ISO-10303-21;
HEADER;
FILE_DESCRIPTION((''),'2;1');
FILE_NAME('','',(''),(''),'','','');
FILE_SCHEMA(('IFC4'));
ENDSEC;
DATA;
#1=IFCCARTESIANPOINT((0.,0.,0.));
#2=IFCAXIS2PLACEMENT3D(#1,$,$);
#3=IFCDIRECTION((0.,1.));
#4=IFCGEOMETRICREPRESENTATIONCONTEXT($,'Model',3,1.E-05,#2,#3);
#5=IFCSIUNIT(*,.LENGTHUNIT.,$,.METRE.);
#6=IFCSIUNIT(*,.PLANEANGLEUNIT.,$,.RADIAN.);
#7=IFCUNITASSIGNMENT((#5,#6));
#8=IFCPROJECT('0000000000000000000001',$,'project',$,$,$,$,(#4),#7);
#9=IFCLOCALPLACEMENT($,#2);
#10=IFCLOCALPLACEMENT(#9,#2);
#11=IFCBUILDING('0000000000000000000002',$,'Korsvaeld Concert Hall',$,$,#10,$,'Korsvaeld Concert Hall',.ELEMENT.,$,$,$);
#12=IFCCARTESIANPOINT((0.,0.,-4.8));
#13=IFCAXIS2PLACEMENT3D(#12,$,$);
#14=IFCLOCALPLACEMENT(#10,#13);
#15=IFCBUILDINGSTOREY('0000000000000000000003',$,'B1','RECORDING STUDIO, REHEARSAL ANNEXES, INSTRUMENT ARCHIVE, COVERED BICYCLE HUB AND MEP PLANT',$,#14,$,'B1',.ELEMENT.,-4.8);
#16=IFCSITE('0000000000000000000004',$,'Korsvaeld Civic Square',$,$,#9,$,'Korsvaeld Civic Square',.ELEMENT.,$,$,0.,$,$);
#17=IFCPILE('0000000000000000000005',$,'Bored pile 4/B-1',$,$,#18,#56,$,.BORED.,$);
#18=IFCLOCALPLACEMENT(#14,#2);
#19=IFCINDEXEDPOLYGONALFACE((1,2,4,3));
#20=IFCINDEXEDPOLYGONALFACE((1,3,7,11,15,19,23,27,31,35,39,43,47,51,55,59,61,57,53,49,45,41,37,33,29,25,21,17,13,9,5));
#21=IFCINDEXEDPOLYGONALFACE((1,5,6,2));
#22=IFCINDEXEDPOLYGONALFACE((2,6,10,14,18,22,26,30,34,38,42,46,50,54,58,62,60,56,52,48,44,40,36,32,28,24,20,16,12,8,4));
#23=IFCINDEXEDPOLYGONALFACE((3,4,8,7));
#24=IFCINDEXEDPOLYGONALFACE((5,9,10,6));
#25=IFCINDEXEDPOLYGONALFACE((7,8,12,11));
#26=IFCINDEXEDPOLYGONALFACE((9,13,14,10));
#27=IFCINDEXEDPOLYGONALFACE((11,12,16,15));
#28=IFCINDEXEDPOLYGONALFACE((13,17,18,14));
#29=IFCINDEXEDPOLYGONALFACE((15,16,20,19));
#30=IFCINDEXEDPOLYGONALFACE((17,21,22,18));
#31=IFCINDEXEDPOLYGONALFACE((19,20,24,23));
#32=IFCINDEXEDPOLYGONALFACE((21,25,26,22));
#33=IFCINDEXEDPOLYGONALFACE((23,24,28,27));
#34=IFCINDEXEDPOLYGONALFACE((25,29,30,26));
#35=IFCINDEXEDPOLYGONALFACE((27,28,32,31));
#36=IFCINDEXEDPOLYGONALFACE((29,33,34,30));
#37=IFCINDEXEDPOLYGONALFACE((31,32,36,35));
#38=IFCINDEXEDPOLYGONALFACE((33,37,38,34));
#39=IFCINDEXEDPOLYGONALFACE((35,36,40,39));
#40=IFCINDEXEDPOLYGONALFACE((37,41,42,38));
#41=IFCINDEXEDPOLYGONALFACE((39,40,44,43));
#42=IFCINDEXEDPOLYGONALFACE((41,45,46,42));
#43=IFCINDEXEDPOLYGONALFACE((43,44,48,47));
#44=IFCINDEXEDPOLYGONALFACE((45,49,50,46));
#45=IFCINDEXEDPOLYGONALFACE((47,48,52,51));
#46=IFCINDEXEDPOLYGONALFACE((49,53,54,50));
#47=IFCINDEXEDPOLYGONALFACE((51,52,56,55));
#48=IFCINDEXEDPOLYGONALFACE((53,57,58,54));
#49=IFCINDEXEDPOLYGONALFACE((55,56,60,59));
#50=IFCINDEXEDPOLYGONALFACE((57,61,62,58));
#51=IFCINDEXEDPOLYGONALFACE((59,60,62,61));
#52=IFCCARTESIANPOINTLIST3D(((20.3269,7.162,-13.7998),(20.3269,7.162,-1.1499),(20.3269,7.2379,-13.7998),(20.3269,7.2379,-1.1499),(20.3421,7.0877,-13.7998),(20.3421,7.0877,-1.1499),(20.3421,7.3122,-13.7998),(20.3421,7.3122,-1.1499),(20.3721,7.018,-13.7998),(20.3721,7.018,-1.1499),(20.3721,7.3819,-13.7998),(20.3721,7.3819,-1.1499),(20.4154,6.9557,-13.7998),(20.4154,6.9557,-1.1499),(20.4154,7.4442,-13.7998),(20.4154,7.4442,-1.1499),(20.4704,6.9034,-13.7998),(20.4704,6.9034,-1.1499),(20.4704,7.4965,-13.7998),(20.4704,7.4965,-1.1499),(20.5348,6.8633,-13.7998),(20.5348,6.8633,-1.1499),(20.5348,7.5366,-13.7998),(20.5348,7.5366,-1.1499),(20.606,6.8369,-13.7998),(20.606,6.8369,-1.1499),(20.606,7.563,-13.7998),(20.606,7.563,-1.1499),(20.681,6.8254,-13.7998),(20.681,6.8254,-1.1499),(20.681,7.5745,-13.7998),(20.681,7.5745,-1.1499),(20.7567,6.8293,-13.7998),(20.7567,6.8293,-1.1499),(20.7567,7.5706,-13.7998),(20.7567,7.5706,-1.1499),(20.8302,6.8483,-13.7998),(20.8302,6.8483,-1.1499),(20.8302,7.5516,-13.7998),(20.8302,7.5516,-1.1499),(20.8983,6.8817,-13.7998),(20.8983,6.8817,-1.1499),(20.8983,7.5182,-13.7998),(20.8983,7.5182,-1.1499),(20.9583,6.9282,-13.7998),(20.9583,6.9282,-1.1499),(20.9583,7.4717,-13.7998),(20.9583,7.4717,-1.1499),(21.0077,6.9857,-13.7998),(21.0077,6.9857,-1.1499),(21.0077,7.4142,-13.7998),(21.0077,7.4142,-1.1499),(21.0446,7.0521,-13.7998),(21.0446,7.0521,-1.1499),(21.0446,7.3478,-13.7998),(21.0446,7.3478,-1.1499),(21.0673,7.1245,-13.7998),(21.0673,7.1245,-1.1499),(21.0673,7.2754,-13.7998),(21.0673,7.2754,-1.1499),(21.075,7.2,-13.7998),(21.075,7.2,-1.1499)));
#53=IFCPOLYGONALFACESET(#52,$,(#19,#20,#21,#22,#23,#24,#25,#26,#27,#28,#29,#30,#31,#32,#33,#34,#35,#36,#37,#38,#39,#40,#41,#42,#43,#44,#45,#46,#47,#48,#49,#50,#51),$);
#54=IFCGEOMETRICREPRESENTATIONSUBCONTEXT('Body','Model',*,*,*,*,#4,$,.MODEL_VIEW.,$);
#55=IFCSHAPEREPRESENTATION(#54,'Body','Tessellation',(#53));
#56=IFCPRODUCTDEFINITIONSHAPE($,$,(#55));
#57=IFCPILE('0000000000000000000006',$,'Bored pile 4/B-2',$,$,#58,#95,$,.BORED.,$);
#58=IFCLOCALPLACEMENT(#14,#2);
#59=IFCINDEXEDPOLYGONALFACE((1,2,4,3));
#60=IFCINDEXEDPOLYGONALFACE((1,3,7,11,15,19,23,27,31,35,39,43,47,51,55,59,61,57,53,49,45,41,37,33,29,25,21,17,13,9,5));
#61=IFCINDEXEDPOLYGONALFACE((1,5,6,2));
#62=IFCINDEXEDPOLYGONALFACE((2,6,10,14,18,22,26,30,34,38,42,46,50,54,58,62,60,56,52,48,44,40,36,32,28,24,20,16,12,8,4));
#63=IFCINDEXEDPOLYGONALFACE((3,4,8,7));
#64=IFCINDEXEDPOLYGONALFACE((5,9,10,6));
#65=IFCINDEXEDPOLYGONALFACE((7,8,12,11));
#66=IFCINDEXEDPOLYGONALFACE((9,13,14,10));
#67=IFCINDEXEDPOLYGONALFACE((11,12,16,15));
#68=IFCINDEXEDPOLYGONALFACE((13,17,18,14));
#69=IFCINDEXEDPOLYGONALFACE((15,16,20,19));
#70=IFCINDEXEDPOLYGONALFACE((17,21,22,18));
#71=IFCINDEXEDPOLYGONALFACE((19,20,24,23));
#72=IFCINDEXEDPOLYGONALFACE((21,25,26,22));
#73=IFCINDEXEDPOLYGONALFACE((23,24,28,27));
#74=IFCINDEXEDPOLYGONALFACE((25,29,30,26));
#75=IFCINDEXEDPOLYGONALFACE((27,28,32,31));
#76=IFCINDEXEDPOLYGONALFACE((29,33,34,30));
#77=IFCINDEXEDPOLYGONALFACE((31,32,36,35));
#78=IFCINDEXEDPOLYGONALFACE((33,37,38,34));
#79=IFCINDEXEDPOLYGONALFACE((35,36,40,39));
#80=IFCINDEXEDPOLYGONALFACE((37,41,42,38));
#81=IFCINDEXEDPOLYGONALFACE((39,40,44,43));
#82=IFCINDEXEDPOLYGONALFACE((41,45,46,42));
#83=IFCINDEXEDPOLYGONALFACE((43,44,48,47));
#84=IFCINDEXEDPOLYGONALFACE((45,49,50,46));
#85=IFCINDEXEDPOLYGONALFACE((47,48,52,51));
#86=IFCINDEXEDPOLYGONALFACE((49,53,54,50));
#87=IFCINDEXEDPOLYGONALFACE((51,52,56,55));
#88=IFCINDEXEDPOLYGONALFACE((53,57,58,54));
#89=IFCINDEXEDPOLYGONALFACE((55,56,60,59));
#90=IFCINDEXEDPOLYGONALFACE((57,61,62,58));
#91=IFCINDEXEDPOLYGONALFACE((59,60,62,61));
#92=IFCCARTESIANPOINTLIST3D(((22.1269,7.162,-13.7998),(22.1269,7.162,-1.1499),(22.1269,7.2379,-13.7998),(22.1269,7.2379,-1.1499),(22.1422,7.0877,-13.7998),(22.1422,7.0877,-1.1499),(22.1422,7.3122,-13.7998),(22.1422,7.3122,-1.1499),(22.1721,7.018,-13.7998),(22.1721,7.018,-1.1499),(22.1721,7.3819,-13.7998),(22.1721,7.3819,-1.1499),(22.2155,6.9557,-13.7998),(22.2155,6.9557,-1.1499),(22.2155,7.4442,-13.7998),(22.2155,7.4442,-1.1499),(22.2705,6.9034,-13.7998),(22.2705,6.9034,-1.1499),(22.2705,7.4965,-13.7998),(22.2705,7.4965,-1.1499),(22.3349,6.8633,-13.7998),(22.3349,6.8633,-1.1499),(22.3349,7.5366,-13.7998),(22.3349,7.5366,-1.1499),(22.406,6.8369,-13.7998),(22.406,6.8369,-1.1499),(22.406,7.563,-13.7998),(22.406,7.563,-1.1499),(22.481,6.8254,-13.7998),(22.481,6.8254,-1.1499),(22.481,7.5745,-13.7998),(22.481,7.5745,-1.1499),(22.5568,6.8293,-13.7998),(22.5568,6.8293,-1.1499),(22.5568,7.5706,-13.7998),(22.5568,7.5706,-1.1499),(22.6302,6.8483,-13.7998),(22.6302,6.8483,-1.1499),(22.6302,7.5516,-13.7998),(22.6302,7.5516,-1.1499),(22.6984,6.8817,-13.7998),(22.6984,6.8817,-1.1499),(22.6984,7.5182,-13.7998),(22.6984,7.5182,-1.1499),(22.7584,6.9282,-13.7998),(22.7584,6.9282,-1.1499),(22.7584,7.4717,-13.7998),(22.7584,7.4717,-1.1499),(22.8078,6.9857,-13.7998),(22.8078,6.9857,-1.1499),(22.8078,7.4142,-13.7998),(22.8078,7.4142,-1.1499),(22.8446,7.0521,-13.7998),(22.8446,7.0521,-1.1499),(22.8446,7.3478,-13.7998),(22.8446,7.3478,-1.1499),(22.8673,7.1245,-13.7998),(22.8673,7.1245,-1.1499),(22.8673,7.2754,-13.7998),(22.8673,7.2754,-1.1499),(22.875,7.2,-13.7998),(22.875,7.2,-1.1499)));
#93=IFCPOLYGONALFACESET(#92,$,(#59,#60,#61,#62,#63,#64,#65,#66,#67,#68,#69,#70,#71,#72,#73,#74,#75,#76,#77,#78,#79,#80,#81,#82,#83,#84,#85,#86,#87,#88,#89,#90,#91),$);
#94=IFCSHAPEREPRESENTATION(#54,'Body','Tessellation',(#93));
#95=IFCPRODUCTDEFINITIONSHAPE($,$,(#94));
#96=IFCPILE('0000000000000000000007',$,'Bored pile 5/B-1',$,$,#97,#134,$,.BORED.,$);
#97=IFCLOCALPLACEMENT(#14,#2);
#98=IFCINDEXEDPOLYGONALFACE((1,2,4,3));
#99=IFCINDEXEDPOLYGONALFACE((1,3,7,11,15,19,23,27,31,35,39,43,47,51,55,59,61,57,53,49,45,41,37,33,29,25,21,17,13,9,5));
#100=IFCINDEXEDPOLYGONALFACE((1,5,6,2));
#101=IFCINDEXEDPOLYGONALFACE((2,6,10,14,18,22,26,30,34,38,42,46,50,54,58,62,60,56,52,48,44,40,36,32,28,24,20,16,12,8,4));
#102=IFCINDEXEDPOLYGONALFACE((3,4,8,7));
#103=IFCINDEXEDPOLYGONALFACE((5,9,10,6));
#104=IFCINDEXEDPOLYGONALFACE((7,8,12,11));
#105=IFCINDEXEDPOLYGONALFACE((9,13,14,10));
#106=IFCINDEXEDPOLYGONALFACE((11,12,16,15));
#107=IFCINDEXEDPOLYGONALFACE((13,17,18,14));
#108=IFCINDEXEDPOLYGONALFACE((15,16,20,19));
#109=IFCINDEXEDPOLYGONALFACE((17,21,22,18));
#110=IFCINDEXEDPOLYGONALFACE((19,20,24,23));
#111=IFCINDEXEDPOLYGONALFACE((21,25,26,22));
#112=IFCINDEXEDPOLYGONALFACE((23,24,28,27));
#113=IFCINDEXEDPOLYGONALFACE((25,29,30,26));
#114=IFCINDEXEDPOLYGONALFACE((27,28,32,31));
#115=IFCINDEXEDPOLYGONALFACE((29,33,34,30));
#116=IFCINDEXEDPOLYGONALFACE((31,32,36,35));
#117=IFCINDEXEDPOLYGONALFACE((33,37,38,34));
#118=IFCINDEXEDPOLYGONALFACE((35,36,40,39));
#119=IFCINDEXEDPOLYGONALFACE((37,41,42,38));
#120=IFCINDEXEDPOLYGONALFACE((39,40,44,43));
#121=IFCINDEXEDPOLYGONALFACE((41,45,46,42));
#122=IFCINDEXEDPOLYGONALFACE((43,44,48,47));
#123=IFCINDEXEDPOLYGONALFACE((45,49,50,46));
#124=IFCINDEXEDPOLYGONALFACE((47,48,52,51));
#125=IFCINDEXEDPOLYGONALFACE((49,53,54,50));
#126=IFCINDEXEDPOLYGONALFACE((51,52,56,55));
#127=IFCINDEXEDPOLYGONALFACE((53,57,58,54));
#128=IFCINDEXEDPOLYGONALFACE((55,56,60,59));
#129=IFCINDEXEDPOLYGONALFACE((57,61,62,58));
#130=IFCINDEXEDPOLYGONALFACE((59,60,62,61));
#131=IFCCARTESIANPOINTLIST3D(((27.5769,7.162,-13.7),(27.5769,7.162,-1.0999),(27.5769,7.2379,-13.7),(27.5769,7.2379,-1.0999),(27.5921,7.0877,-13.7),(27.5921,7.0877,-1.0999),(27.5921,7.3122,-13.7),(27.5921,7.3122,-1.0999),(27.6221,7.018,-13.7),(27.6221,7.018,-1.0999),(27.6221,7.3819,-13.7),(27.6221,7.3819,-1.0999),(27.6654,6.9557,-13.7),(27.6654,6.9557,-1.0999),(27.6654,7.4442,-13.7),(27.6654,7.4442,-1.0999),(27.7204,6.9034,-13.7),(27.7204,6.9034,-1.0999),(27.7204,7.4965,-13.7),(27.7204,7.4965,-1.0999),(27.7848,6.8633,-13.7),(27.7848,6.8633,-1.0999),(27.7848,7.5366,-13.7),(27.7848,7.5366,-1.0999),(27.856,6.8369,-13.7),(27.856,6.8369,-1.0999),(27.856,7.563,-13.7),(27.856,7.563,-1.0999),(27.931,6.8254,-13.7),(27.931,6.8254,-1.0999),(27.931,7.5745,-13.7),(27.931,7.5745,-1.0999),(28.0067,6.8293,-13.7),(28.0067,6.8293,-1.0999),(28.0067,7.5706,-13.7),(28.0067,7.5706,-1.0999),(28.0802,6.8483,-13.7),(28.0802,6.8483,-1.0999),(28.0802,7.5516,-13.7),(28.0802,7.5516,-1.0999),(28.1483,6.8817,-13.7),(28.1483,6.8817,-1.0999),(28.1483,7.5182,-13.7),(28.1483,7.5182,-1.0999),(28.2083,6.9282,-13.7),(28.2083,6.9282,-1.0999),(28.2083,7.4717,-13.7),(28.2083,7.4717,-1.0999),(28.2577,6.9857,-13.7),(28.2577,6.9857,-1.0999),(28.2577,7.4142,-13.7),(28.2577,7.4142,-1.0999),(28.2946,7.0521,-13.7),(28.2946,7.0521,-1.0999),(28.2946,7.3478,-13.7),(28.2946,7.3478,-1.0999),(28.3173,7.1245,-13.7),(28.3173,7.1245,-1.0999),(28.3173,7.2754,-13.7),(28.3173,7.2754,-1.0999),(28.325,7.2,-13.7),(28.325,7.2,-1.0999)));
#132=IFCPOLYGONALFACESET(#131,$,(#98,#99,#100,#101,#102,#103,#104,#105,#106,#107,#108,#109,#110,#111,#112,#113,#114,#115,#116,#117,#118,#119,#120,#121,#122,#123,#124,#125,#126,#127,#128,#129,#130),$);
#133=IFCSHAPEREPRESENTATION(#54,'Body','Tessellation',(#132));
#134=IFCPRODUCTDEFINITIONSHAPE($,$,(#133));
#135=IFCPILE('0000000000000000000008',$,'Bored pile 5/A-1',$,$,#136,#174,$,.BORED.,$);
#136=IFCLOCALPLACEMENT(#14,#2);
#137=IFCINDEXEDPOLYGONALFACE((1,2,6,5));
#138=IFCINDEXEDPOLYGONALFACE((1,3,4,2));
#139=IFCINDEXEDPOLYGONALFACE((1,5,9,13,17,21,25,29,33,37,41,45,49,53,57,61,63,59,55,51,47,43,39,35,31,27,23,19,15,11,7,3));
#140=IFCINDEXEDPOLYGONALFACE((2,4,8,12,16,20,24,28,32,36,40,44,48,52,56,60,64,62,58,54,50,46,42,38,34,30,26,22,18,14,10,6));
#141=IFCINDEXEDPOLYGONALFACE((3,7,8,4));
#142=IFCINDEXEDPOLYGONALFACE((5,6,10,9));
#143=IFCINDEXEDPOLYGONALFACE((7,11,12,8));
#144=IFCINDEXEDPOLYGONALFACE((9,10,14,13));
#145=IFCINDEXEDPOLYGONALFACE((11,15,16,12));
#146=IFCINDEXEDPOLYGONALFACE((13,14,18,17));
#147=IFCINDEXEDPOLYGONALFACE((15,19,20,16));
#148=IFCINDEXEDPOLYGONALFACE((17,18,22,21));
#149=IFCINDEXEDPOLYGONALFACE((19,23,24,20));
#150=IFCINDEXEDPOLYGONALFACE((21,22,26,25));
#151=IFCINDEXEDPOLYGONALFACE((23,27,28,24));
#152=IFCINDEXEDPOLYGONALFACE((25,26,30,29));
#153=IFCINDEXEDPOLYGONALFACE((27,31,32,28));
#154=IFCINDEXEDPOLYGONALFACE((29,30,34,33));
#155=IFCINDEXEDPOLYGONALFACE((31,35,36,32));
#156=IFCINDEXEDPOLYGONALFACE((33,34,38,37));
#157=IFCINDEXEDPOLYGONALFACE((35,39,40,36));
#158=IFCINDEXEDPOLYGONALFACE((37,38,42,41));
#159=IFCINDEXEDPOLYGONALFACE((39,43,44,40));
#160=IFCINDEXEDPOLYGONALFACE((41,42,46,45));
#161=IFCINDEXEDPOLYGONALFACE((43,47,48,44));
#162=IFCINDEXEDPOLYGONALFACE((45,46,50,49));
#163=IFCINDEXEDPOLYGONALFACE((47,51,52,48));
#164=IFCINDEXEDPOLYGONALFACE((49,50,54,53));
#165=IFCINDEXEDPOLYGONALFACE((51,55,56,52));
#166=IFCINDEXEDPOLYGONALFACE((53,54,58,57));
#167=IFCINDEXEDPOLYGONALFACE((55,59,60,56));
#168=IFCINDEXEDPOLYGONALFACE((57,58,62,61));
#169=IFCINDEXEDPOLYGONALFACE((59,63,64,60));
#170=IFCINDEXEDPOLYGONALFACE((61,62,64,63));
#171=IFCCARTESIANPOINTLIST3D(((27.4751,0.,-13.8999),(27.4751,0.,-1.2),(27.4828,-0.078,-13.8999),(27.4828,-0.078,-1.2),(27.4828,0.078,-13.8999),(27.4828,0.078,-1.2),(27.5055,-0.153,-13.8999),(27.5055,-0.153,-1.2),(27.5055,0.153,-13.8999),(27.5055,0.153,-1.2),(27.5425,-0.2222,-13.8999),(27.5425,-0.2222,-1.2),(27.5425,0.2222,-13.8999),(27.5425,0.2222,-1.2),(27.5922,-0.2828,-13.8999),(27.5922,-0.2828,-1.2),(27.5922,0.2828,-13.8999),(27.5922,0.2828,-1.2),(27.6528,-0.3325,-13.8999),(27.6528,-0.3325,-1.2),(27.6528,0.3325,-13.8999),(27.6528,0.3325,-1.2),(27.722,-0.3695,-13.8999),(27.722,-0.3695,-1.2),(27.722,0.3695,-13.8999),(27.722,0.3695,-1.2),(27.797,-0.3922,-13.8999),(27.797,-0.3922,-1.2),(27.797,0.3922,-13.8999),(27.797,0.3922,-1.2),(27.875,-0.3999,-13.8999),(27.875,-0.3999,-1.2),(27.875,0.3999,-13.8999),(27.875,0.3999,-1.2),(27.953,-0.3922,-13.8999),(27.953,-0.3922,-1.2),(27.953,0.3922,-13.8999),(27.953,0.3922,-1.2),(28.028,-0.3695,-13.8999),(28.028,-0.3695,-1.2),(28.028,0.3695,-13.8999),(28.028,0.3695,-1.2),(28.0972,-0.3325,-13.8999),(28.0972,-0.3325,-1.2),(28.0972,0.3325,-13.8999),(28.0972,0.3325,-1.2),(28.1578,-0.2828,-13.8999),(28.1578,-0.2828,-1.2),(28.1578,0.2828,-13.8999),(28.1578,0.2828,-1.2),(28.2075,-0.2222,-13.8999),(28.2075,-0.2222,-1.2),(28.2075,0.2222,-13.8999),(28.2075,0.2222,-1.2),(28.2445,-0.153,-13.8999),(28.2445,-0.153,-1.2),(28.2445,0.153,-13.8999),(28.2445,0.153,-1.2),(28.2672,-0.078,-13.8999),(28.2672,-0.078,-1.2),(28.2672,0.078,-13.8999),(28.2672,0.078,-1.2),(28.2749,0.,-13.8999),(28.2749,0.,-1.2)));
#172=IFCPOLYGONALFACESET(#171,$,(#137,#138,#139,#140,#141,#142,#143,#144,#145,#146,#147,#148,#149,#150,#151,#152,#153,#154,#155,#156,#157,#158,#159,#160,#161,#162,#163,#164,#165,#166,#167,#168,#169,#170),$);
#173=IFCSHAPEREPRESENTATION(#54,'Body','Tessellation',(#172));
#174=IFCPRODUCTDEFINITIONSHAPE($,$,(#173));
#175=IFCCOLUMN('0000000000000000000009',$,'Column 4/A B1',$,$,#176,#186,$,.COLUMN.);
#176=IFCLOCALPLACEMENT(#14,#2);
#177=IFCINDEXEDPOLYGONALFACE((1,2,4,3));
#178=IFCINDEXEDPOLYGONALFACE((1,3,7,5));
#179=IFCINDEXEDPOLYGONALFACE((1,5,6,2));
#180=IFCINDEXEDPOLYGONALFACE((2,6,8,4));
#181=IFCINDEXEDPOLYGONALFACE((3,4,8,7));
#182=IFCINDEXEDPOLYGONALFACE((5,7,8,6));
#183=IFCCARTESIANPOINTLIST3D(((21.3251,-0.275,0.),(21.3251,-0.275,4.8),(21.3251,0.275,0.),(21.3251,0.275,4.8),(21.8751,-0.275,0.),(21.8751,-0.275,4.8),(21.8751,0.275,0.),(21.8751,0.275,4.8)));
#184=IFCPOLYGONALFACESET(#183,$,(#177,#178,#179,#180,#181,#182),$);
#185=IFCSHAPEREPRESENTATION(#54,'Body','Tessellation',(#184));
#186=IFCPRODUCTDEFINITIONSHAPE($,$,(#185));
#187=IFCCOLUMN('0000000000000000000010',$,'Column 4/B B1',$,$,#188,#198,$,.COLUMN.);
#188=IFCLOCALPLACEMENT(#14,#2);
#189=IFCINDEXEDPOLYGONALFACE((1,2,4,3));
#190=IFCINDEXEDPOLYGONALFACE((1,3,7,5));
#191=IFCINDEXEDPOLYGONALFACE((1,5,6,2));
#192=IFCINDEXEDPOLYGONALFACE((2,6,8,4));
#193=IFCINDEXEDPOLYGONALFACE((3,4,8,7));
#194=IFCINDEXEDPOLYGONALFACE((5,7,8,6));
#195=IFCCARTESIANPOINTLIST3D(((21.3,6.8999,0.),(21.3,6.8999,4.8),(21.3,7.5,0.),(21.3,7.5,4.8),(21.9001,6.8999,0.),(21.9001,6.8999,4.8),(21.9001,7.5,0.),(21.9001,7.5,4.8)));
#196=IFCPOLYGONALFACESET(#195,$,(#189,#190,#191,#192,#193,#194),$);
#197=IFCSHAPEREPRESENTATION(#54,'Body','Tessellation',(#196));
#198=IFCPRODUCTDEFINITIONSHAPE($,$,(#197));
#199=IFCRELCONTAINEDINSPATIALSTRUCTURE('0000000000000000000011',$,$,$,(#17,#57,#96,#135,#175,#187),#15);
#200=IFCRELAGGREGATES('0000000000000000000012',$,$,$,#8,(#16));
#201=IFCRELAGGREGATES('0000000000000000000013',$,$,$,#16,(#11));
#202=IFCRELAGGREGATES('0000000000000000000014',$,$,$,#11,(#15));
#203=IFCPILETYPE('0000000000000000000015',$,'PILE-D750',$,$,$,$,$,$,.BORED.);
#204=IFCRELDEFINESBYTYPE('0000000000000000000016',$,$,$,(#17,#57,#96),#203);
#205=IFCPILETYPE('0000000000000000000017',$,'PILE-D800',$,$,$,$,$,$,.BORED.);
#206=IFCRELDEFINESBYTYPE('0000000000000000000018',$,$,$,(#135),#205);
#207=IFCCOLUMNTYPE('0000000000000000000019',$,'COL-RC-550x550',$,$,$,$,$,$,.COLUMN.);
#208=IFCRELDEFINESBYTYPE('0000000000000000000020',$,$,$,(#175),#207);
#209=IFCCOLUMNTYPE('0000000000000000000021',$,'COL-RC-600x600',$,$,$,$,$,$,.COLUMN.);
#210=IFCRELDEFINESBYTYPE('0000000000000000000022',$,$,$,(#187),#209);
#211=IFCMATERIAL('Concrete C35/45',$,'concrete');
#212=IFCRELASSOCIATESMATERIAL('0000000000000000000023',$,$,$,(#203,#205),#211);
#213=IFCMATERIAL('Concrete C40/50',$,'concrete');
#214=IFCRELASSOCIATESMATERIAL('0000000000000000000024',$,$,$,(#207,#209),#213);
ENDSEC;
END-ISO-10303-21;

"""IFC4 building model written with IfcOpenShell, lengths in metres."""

from ifc_helpers import new_model, si_unit, direction, frame, origin, origin_2d, place, context, subcontext, project, spatial, rectangle, circle, extrude, material, material_profile, profile_set, type_object, element, save


model = new_model("IFC4")

# Units and contexts
model_context = context("Model", 3, precision=1e-05, world=origin(), true_north=direction((0.0, 1.0)))
body_context = subcontext(model_context, "Body", "Model", "MODEL_VIEW")
ifc_project = project(units=[si_unit("LENGTHUNIT", "METRE"), si_unit("PLANEANGLEUNIT", "RADIAN")], contexts=[model_context])

# Site, building, storey
site_placement = place(None, origin())
site = spatial("IfcSite", under=ifc_project, at=site_placement, Name="Korsvaeld Civic Square", LongName="Korsvaeld Civic Square", CompositionType="ELEMENT", RefElevation=0.0)
building_placement = place(site_placement, origin())
building = spatial("IfcBuilding", under=site, at=building_placement, Name="Korsvaeld Concert Hall", LongName="Korsvaeld Concert Hall", CompositionType="ELEMENT")
storey_placement = place(building_placement, frame((0.0, 0.0, -4.8)))
storey = spatial("IfcBuildingStorey", under=building, at=storey_placement, Name="B1", Description="RECORDING STUDIO, REHEARSAL ANNEXES, INSTRUMENT ARCHIVE, COVERED BICYCLE HUB AND MEP PLANT", LongName="B1", CompositionType="ELEMENT", Elevation=-4.8)

# Shared definitions
ifc_material_1 = material(Name="Concrete C35/45", Category="concrete")

# Piles
ifc_material_profile_1 = material_profile(ifc_material_1, circle(Radius=0.375, at=origin_2d()), Name="BORED PILE D750")
ifc_profile_set_1 = profile_set([ifc_material_profile_1], Name="Concrete C35/45")
pile_type_1 = type_object("IfcPileType", Name="PILE-D750", PredefinedType="BORED", material=ifc_profile_set_1)
for number, where, z_axis, x_axis, name in (
    (1, (20.7, 7.2, -1.1499), (0.0, 0.0, -1.0), (1.0, 0.0, 0.0), "Bored pile 4/B-1"),
    (2, (22.5, 7.2, -1.1499), (0.0, 0.0, -1.0), (1.0, 0.0, 0.0), "Bored pile 4/B-2"),
):
    element("IfcPile", number, at=place(storey_placement, frame(where, z_axis=z_axis, x_axis=x_axis)), inside=storey, type_object=pile_type_1, Name=name, PredefinedType="BORED", context=body_context, shape_type="SweptSolid", body=[
        extrude(circle(Radius=0.375, at=origin_2d()), origin(), (0.0, 0.0, 1.0), 12.6499),
    ])
pile_1_placement = place(storey_placement, frame((27.95, 7.2, -1.0999), z_axis=(0.0, 0.0, -1.0), x_axis=(1.0, 0.0, 0.0)))
element("IfcPile", 3, at=pile_1_placement, inside=storey, type_object=pile_type_1, Name="Bored pile 5/B-1", PredefinedType="BORED", context=body_context, shape_type="SweptSolid", body=[
    extrude(circle(Radius=0.375, at=origin_2d()), origin(), (0.0, 0.0, 1.0), 12.6001),
])
ifc_material_profile_2 = material_profile(ifc_material_1, circle(Radius=0.3999, at=origin_2d()), Name="BORED PILE D800")
ifc_profile_set_2 = profile_set([ifc_material_profile_2], Name="Concrete C35/45")
pile_type_2 = type_object("IfcPileType", Name="PILE-D800", PredefinedType="BORED", material=ifc_profile_set_2)
pile_2_placement = place(storey_placement, frame((27.875, 0.0, -1.2), z_axis=(0.0, 0.0, -1.0), x_axis=(1.0, 0.0, 0.0)))
element("IfcPile", 4, at=pile_2_placement, inside=storey, type_object=pile_type_2, Name="Bored pile 5/A-1", PredefinedType="BORED", context=body_context, shape_type="SweptSolid", body=[
    extrude(circle(Radius=0.3999, at=origin_2d()), origin(), (0.0, 0.0, 1.0), 12.7),
])

# Columns
ifc_material_2 = material(Name="Concrete C40/50", Category="concrete")
ifc_material_profile_3 = material_profile(ifc_material_2, rectangle(XDim=0.55, YDim=0.55, at=origin_2d()), Name="RC 550x550")
ifc_profile_set_3 = profile_set([ifc_material_profile_3], Name="Concrete C40/50")
column_type_1 = type_object("IfcColumnType", Name="COL-RC-550x550", PredefinedType="COLUMN", material=ifc_profile_set_3)
column_1_placement = place(storey_placement, frame((21.6001, 0.0, 0.0), z_axis=(0.0, 0.0, 1.0), x_axis=(1.0, 0.0, 0.0)))
element("IfcColumn", 5, at=column_1_placement, inside=storey, type_object=column_type_1, Name="Column 4/A B1", PredefinedType="COLUMN", context=body_context, shape_type="SweptSolid", body=[
    extrude(rectangle(XDim=0.55, YDim=0.55, at=origin_2d()), origin(), (0.0, 0.0, 1.0), 4.8),
])
ifc_material_profile_4 = material_profile(ifc_material_2, rectangle(XDim=0.6001, YDim=0.6001, at=origin_2d()), Name="RC 600x600")
ifc_profile_set_4 = profile_set([ifc_material_profile_4], Name="Concrete C40/50")
column_type_2 = type_object("IfcColumnType", Name="COL-RC-600x600", PredefinedType="COLUMN", material=ifc_profile_set_4)
column_2_placement = place(storey_placement, frame((21.6001, 7.2, 0.0), z_axis=(0.0, 0.0, 1.0), x_axis=(1.0, 0.0, 0.0)))
element("IfcColumn", 6, at=column_2_placement, inside=storey, type_object=column_type_2, Name="Column 4/B B1", PredefinedType="COLUMN", context=body_context, shape_type="SweptSolid", body=[
    extrude(rectangle(XDim=0.6001, YDim=0.6001, at=origin_2d()), origin(), (0.0, 0.0, 1.0), 4.8),
])

save(model, "model.ifc")
